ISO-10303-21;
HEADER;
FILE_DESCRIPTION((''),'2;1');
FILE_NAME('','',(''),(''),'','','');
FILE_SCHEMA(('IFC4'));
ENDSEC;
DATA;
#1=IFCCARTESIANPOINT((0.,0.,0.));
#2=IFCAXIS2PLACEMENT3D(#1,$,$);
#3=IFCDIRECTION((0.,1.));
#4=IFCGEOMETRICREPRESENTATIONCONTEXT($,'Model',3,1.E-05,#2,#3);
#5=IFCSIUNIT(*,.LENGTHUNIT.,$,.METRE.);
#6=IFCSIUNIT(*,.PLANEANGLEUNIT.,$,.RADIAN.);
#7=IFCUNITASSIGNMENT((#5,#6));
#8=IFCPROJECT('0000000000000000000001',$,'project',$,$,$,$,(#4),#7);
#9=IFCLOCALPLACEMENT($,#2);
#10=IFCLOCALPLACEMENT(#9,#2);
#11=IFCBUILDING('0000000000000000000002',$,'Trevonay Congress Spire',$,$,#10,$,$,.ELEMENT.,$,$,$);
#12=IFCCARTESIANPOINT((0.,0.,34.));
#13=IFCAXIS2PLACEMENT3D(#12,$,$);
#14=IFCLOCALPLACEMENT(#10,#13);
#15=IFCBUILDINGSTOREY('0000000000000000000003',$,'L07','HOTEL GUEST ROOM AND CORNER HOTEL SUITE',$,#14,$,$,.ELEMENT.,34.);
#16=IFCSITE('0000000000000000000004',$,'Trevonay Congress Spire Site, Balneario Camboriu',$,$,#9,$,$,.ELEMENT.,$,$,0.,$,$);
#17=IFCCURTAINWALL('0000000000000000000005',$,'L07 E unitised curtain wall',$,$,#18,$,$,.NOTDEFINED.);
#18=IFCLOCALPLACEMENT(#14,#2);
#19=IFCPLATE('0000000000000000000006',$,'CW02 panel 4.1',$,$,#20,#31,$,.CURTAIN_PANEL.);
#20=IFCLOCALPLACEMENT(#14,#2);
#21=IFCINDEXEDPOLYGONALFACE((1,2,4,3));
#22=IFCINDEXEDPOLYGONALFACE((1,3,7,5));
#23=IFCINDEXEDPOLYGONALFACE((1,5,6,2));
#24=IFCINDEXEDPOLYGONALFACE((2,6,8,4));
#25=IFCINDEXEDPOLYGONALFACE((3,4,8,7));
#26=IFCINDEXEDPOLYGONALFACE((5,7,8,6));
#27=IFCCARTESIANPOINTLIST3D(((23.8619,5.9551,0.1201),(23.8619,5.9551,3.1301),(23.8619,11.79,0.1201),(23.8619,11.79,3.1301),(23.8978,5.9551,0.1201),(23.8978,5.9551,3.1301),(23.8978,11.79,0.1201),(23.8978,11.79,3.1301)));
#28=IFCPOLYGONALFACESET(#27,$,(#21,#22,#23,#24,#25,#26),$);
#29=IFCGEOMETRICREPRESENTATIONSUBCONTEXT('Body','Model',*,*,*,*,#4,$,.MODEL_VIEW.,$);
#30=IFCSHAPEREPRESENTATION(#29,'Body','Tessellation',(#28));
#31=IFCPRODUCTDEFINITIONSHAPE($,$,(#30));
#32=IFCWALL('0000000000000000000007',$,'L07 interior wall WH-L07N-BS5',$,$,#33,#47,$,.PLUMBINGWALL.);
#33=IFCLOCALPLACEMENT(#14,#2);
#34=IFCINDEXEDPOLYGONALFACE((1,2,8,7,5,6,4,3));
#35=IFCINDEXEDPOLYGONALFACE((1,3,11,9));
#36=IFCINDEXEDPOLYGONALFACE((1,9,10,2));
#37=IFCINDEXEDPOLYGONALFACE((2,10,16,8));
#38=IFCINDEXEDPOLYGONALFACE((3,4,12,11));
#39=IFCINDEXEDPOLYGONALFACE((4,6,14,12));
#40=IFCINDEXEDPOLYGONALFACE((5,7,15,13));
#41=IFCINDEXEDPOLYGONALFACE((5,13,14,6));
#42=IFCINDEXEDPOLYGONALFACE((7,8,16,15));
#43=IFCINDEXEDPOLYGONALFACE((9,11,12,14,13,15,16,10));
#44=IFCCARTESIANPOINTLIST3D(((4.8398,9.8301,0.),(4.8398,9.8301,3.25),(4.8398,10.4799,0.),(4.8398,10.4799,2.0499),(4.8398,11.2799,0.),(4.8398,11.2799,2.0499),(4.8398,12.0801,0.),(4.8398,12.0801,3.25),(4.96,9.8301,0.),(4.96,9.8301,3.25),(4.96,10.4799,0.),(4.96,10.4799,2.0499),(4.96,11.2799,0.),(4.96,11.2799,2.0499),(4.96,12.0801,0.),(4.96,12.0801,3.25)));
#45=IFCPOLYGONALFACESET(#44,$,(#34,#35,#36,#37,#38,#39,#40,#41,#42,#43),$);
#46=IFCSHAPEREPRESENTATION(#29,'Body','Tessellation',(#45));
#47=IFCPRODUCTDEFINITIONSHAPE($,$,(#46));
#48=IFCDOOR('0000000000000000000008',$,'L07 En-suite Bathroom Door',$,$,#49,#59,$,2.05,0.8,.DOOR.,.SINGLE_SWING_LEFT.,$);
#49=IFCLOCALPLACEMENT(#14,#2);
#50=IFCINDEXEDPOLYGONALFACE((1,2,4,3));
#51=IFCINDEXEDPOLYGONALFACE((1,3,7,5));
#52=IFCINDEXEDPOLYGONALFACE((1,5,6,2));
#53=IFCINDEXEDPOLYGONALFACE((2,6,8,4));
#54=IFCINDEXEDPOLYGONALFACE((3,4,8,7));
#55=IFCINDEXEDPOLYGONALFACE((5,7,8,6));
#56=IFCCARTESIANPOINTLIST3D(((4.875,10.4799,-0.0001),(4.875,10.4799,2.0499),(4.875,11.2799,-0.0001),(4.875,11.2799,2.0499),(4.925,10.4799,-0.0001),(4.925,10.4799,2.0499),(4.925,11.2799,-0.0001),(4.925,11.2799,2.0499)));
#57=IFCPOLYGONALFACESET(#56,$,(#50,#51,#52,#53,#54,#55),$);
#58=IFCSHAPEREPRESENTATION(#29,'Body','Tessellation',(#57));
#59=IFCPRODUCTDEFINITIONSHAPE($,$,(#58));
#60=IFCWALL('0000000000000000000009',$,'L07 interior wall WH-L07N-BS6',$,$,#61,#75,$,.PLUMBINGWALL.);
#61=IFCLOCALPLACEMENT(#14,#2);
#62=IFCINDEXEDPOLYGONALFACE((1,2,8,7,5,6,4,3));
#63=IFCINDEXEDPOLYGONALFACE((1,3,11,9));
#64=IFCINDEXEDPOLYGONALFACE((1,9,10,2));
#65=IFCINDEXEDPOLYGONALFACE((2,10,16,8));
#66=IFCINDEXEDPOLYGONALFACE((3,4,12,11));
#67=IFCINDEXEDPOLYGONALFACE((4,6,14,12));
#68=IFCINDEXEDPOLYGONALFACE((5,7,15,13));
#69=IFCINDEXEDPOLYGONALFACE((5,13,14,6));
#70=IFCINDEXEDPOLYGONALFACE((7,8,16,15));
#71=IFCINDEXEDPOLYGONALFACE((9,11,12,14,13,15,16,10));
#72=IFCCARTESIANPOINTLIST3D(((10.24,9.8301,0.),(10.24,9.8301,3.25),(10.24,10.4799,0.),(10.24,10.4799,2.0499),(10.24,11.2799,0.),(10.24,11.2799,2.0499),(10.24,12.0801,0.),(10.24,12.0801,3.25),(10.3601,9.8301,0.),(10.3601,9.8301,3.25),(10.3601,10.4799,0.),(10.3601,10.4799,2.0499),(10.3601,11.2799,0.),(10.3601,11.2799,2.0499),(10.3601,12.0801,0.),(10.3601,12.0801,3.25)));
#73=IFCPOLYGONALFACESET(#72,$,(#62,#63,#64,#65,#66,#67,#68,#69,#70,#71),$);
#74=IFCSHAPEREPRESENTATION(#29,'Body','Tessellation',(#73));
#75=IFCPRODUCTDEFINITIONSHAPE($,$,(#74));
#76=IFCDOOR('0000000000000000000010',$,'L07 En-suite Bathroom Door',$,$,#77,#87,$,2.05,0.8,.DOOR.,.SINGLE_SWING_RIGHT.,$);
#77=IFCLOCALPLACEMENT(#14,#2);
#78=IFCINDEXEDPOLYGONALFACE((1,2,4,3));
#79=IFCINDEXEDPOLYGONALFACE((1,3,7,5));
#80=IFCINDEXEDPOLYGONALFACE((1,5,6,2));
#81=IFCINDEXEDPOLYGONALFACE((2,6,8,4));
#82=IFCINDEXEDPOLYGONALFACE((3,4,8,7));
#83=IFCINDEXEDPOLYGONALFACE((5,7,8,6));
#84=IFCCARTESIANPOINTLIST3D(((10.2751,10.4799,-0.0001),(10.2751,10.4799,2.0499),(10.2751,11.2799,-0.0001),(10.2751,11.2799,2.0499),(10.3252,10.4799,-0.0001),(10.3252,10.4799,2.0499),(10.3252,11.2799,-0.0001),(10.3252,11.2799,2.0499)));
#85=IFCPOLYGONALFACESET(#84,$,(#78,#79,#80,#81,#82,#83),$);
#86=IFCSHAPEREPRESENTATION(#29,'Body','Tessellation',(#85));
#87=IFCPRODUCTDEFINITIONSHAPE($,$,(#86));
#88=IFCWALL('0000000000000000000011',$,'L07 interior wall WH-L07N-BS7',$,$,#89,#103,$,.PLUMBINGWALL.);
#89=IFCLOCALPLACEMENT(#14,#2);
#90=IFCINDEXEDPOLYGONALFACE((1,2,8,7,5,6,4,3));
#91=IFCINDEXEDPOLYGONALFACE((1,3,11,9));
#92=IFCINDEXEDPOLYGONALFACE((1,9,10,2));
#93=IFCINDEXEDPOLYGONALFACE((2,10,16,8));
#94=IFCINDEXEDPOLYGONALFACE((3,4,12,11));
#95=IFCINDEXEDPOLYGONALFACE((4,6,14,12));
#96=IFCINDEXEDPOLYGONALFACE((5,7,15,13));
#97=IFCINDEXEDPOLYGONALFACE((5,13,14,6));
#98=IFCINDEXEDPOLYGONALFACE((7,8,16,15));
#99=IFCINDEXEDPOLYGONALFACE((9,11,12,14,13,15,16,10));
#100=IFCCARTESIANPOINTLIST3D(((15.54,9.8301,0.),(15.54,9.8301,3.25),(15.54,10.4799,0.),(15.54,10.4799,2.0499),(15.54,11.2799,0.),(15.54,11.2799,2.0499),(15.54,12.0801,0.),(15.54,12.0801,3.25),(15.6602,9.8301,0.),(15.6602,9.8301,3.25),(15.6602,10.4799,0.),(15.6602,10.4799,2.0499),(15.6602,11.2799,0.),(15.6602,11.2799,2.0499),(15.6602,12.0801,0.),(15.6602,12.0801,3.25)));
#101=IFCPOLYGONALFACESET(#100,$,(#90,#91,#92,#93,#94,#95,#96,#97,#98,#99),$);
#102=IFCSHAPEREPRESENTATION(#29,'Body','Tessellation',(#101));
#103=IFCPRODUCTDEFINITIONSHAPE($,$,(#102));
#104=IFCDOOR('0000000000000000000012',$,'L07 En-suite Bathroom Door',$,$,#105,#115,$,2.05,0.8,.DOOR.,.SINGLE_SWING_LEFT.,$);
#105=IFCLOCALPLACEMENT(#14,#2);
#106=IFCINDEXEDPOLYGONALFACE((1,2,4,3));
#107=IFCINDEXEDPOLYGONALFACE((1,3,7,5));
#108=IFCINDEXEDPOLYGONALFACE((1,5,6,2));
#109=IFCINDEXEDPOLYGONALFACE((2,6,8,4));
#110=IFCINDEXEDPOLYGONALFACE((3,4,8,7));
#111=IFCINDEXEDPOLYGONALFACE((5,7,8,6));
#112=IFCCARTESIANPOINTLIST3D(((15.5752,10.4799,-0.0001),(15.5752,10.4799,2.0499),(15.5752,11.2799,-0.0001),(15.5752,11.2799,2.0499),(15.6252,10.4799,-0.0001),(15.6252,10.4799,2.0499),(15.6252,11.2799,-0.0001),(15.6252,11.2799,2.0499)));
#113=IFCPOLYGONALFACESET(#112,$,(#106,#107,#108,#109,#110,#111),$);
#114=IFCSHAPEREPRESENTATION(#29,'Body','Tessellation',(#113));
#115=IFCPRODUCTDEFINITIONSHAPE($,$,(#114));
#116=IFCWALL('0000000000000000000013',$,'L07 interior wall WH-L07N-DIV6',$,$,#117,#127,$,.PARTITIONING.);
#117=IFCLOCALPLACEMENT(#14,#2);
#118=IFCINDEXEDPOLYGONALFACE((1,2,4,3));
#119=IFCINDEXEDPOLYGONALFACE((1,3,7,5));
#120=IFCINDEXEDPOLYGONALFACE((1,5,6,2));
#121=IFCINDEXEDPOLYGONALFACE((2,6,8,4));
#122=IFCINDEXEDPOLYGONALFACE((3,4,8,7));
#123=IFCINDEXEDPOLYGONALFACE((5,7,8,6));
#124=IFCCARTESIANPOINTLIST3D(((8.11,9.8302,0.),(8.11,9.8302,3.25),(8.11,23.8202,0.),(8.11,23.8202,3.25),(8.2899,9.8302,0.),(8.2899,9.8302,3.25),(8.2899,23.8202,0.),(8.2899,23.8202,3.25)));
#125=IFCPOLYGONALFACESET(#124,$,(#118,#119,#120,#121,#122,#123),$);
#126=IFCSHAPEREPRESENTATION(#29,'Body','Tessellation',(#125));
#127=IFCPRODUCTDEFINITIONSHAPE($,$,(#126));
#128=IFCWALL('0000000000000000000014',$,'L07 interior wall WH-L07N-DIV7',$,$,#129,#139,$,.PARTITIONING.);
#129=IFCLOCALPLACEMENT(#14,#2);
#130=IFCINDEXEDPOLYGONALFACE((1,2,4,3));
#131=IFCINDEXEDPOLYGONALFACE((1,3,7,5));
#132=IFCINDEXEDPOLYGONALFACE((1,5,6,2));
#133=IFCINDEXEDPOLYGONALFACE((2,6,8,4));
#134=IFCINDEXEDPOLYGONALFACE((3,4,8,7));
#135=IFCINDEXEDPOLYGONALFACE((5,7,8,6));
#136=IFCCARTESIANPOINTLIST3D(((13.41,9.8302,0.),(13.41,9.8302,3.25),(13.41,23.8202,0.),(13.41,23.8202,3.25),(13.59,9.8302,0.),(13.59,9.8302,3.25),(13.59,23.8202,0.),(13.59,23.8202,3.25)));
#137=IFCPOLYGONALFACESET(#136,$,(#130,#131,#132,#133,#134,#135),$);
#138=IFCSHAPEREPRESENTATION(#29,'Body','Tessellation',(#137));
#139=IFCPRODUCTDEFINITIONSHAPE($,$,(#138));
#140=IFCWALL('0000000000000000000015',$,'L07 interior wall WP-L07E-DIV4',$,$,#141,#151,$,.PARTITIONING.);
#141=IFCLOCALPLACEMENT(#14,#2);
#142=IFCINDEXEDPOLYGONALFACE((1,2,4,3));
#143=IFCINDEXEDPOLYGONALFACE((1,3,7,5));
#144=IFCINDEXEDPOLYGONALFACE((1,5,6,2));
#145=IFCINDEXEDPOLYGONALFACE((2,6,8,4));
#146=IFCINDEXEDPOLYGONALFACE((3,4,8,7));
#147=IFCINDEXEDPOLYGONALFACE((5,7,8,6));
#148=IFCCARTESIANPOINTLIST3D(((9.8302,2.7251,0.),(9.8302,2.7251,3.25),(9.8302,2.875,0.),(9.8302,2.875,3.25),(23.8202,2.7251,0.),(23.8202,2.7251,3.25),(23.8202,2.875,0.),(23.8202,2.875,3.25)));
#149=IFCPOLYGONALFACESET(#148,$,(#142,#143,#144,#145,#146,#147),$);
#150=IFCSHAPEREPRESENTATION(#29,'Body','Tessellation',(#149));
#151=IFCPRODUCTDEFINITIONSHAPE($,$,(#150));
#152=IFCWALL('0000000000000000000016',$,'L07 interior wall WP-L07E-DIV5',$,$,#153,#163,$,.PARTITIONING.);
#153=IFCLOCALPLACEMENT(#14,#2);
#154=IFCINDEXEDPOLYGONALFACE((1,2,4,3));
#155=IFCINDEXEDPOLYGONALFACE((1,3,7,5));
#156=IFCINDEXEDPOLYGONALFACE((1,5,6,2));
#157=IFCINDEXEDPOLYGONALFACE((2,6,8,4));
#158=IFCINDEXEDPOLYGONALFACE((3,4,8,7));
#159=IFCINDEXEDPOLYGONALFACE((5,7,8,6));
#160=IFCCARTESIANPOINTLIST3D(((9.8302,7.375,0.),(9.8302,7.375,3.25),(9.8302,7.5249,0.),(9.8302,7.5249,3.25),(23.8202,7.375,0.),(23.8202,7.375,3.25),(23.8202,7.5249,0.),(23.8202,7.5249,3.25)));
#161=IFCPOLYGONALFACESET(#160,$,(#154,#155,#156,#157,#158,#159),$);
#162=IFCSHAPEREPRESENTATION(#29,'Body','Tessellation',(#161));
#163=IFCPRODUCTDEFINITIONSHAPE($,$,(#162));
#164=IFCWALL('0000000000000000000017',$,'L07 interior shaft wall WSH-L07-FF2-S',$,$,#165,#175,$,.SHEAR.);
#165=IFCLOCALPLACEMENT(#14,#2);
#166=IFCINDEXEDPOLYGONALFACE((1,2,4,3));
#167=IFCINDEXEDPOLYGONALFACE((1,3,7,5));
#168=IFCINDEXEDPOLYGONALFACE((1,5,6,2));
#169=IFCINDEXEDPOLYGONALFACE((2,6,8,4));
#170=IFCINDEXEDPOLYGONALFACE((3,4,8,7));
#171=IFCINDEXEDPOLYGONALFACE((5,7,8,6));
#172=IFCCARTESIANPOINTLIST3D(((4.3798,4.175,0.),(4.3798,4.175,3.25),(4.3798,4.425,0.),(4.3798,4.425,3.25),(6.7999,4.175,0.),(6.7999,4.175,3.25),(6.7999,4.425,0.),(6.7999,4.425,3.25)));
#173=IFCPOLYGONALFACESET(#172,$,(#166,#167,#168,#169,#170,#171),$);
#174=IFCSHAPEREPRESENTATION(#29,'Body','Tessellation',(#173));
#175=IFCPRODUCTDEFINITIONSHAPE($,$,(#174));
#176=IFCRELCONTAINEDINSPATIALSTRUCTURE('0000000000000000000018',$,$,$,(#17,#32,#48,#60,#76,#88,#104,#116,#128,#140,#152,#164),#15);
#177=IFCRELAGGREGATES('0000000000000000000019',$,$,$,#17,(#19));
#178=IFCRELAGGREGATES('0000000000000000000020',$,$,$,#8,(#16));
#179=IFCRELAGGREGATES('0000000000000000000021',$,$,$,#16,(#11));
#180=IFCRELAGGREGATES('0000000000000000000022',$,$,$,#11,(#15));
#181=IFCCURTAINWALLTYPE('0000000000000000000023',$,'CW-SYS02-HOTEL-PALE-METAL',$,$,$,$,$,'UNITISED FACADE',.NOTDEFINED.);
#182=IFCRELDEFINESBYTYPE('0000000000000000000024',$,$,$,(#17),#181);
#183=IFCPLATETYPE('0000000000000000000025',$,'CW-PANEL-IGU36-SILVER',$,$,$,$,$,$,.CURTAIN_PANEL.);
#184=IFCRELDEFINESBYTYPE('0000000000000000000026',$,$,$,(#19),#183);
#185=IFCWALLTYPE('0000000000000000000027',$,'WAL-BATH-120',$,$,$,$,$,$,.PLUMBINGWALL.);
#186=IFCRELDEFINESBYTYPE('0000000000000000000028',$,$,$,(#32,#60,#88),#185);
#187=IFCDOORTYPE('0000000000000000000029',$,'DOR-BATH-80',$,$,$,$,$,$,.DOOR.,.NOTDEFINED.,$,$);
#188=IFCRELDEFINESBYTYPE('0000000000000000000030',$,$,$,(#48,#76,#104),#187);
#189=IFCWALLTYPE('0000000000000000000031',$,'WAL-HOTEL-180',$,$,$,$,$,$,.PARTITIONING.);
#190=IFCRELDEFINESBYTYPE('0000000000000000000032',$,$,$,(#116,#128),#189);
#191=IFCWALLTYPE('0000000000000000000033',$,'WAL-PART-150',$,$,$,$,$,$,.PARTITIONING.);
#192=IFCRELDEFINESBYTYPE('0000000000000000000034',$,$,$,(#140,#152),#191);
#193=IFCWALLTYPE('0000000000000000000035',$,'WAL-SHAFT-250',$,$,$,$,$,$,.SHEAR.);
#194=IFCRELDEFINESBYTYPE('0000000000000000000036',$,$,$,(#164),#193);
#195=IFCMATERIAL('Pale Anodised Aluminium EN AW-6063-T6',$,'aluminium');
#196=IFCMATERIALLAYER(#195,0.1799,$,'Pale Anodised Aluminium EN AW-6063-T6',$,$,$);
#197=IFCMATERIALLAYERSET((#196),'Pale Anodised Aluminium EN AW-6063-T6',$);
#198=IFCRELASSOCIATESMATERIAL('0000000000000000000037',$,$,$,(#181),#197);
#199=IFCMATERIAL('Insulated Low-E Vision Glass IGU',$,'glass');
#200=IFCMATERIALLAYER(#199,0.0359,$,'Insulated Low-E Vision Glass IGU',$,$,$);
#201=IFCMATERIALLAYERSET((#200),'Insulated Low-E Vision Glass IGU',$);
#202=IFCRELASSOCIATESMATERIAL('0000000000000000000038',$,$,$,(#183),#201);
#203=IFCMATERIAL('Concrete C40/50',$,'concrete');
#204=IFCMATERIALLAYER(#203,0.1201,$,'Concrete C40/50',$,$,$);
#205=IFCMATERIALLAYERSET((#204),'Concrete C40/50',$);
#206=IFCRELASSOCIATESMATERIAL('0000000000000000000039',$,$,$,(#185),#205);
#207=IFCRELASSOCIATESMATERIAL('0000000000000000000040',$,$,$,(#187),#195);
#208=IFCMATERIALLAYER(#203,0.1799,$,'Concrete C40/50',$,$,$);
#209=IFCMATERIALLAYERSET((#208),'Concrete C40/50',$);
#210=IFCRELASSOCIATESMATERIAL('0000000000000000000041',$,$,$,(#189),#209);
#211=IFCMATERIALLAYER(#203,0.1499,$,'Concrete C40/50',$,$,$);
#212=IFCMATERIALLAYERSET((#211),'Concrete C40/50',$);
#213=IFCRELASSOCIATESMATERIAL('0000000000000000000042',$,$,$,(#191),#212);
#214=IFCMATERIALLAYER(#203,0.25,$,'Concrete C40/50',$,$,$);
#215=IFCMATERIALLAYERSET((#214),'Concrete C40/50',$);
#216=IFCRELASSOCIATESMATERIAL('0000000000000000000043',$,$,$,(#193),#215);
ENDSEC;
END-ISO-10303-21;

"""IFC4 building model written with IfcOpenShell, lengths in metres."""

from ifc_helpers import new_model, si_unit, direction, frame, frame_2d, origin, origin_2d, place, context, subcontext, project, spatial, rectangle, extrude, material, layer, layer_set, type_object, element, fill, aggregate, save


model = new_model("IFC4")

# Units and contexts
model_context = context("Model", 3, precision=1e-05, world=origin(), true_north=direction((0.0, 1.0)))
body_context = subcontext(model_context, "Body", "Model", "MODEL_VIEW")
ifc_project = project(units=[si_unit("LENGTHUNIT", "METRE"), si_unit("PLANEANGLEUNIT", "RADIAN")], contexts=[model_context])

# Site, building, storey
site_placement = place(None, origin())
site = spatial("IfcSite", under=ifc_project, at=site_placement, Name="Trevonay Congress Spire Site, Balneario Camboriu", CompositionType="ELEMENT", RefElevation=0.0)
building_placement = place(site_placement, origin())
building = spatial("IfcBuilding", under=site, at=building_placement, Name="Trevonay Congress Spire", CompositionType="ELEMENT")
storey_placement = place(building_placement, frame((0.0, 0.0, 34.0)))
storey = spatial("IfcBuildingStorey", under=building, at=storey_placement, Name="L07", Description="HOTEL GUEST ROOM AND CORNER HOTEL SUITE", CompositionType="ELEMENT", Elevation=34.0)

# Curtain wall, plate
ifc_material_1 = material(Name="Pale Anodised Aluminium EN AW-6063-T6", Category="aluminium")
ifc_layer_1 = layer(ifc_material_1, 0.1799, Name="Pale Anodised Aluminium EN AW-6063-T6")
ifc_layer_set_1 = layer_set([ifc_layer_1], Name="Pale Anodised Aluminium EN AW-6063-T6")
curtain_wall_type = type_object("IfcCurtainWallType", Name="CW-SYS02-HOTEL-PALE-METAL", ElementType="UNITISED FACADE", PredefinedType="NOTDEFINED", material=ifc_layer_set_1)
curtain_wall_placement = place(storey_placement, origin())
curtain_wall = element("IfcCurtainWall", 1, at=curtain_wall_placement, inside=storey, type_object=curtain_wall_type, Name="L07 E unitised curtain wall", PredefinedType="NOTDEFINED")
ifc_material_2 = material(Name="Insulated Low-E Vision Glass IGU", Category="glass")
ifc_layer_2 = layer(ifc_material_2, 0.0359, Name="Insulated Low-E Vision Glass IGU")
ifc_layer_set_2 = layer_set([ifc_layer_2], Name="Insulated Low-E Vision Glass IGU")
plate_type = type_object("IfcPlateType", Name="CW-PANEL-IGU36-SILVER", PredefinedType="CURTAIN_PANEL", material=ifc_layer_set_2)
plate_1_placement = place(storey_placement, frame((23.8799, 8.8726, 0.1201), z_axis=(0.0, 0.0, 1.0), x_axis=(0.0, 1.0, 0.0)))
plate_1 = element("IfcPlate", 2, at=plate_1_placement, type_object=plate_type, Name="CW02 panel 4.1", PredefinedType="CURTAIN_PANEL", context=body_context, shape_type="SweptSolid", body=[
    extrude(rectangle(XDim=5.835, YDim=0.0359, at=origin_2d()), origin(), (0.0, 0.0, 1.0), 3.01),
])
aggregate(curtain_wall, [plate_1])

# Walls, openings, doors
ifc_material_3 = material(Name="Concrete C40/50", Category="concrete")
ifc_layer_3 = layer(ifc_material_3, 0.1201, Name="Concrete C40/50")
ifc_layer_set_3 = layer_set([ifc_layer_3], Name="Concrete C40/50")
wall_type_1 = type_object("IfcWallType", Name="WAL-BATH-120", PredefinedType="PLUMBINGWALL", material=ifc_layer_set_3)
wall_1_placement = place(storey_placement, frame((4.8999, 9.8301, 0.0), z_axis=(0.0, 0.0, 1.0), x_axis=(0.0, 1.0, 0.0)))
wall_1 = element("IfcWall", 3, at=wall_1_placement, inside=storey, type_object=wall_type_1, Name="L07 interior wall WH-L07N-BS5", PredefinedType="PLUMBINGWALL", context=body_context, shape_type="SweptSolid", body=[
    extrude(rectangle(XDim=2.25, YDim=0.1201, at=frame_2d((1.125, 0.0))), origin(), (0.0, 0.0, 1.0), 3.25),
])
opening_1_placement = place(wall_1_placement, frame((0.6499, 0.0, 0.0)))
opening_1 = element("IfcOpeningElement", 4, at=opening_1_placement, cuts=wall_1, PredefinedType="OPENING", context=body_context, shape_type="SweptSolid", body=[
    extrude(rectangle(XDim=0.8, YDim=2.05, at=frame_2d((0.3999, 1.0249))), frame((0.0, 0.0701, 0.0), z_axis=(0.0, -1.0, 0.0), x_axis=(1.0, 0.0, 0.0)), (0.0, 0.0, 1.0), 0.1401),
])
door_type_1 = type_object("IfcDoorType", Name="DOR-BATH-80", OperationType="NOTDEFINED", PredefinedType="DOOR", material=ifc_material_1)
door_1_placement = place(opening_1_placement, origin())
door_1 = element("IfcDoor", 5, at=door_1_placement, inside=storey, type_object=door_type_1, Name="L07 En-suite Bathroom Door", OperationType="SINGLE_SWING_LEFT", OverallHeight=2.05, OverallWidth=0.8, PredefinedType="DOOR", context=body_context, shape_type="SweptSolid", body=[
    extrude(rectangle(XDim=0.8, YDim=2.05, at=frame_2d((0.3999, 1.0249))), frame((0.0, 0.0249, 0.0), z_axis=(0.0, -1.0, 0.0), x_axis=(1.0, 0.0, 0.0)), (0.0, 0.0, 1.0), 0.05),
])
fill(opening_1, door_1)
wall_2_placement = place(storey_placement, frame((10.3, 9.8301, 0.0), z_axis=(0.0, 0.0, 1.0), x_axis=(0.0, 1.0, 0.0)))
wall_2 = element("IfcWall", 6, at=wall_2_placement, inside=storey, type_object=wall_type_1, Name="L07 interior wall WH-L07N-BS6", PredefinedType="PLUMBINGWALL", context=body_context, shape_type="SweptSolid", body=[
    extrude(rectangle(XDim=2.25, YDim=0.1201, at=frame_2d((1.125, 0.0))), origin(), (0.0, 0.0, 1.0), 3.25),
])
opening_2_placement = place(wall_2_placement, frame((0.6499, 0.0, 0.0)))
opening_2 = element("IfcOpeningElement", 7, at=opening_2_placement, cuts=wall_2, PredefinedType="OPENING", context=body_context, shape_type="SweptSolid", body=[
    extrude(rectangle(XDim=0.8, YDim=2.05, at=frame_2d((0.3999, 1.0249))), frame((0.0, 0.0701, 0.0), z_axis=(0.0, -1.0, 0.0), x_axis=(1.0, 0.0, 0.0)), (0.0, 0.0, 1.0), 0.1401),
])
door_2_placement = place(opening_2_placement, origin())
door_2 = element("IfcDoor", 8, at=door_2_placement, inside=storey, type_object=door_type_1, Name="L07 En-suite Bathroom Door", OperationType="SINGLE_SWING_RIGHT", OverallHeight=2.05, OverallWidth=0.8, PredefinedType="DOOR", context=body_context, shape_type="SweptSolid", body=[
    extrude(rectangle(XDim=0.8, YDim=2.05, at=frame_2d((0.3999, 1.0249))), frame((0.0, 0.0249, 0.0), z_axis=(0.0, -1.0, 0.0), x_axis=(1.0, 0.0, 0.0)), (0.0, 0.0, 1.0), 0.05),
])
fill(opening_2, door_2)
wall_3_placement = place(storey_placement, frame((15.6001, 9.8301, 0.0), z_axis=(0.0, 0.0, 1.0), x_axis=(0.0, 1.0, 0.0)))
wall_3 = element("IfcWall", 9, at=wall_3_placement, inside=storey, type_object=wall_type_1, Name="L07 interior wall WH-L07N-BS7", PredefinedType="PLUMBINGWALL", context=body_context, shape_type="SweptSolid", body=[
    extrude(rectangle(XDim=2.25, YDim=0.1201, at=frame_2d((1.125, 0.0))), origin(), (0.0, 0.0, 1.0), 3.25),
])
opening_3_placement = place(wall_3_placement, frame((0.6499, 0.0, 0.0)))
opening_3 = element("IfcOpeningElement", 10, at=opening_3_placement, cuts=wall_3, PredefinedType="OPENING", context=body_context, shape_type="SweptSolid", body=[
    extrude(rectangle(XDim=0.8, YDim=2.05, at=frame_2d((0.3999, 1.0249))), frame((0.0, 0.0701, 0.0), z_axis=(0.0, -1.0, 0.0), x_axis=(1.0, 0.0, 0.0)), (0.0, 0.0, 1.0), 0.1401),
])
door_3_placement = place(opening_3_placement, origin())
door_3 = element("IfcDoor", 11, at=door_3_placement, inside=storey, type_object=door_type_1, Name="L07 En-suite Bathroom Door", OperationType="SINGLE_SWING_LEFT", OverallHeight=2.05, OverallWidth=0.8, PredefinedType="DOOR", context=body_context, shape_type="SweptSolid", body=[
    extrude(rectangle(XDim=0.8, YDim=2.05, at=frame_2d((0.3999, 1.0249))), frame((0.0, 0.0249, 0.0), z_axis=(0.0, -1.0, 0.0), x_axis=(1.0, 0.0, 0.0)), (0.0, 0.0, 1.0), 0.05),
])
fill(opening_3, door_3)

# Walls
ifc_layer_4 = layer(ifc_material_3, 0.1799, Name="Concrete C40/50")
ifc_layer_set_4 = layer_set([ifc_layer_4], Name="Concrete C40/50")
wall_type_2 = type_object("IfcWallType", Name="WAL-HOTEL-180", PredefinedType="PARTITIONING", material=ifc_layer_set_4)
for number, where, z_axis, x_axis, name in (
    (12, (8.2, 9.8301, 0.0), (0.0, 0.0, 1.0), (0.0, 1.0, 0.0), "L07 interior wall WH-L07N-DIV6"),
    (13, (13.5, 9.8301, 0.0), (0.0, 0.0, 1.0), (0.0, 1.0, 0.0), "L07 interior wall WH-L07N-DIV7"),
):
    element("IfcWall", number, at=place(storey_placement, frame(where, z_axis=z_axis, x_axis=x_axis)), inside=storey, type_object=wall_type_2, Name=name, PredefinedType="PARTITIONING", context=body_context, shape_type="SweptSolid", body=[
        extrude(rectangle(XDim=13.99, YDim=0.1799, at=frame_2d((6.9951, 0.0))), origin(), (0.0, 0.0, 1.0), 3.25),
    ])
ifc_layer_5 = layer(ifc_material_3, 0.1499, Name="Concrete C40/50")
ifc_layer_set_5 = layer_set([ifc_layer_5], Name="Concrete C40/50")
wall_type_3 = type_object("IfcWallType", Name="WAL-PART-150", PredefinedType="PARTITIONING", material=ifc_layer_set_5)
for number, where, z_axis, x_axis, name in (
    (14, (9.8301, 2.8, 0.0), (0.0, 0.0, 1.0), (1.0, 0.0, 0.0), "L07 interior wall WP-L07E-DIV4"),
    (15, (9.8301, 7.45, 0.0), (0.0, 0.0, 1.0), (1.0, 0.0, 0.0), "L07 interior wall WP-L07E-DIV5"),
):
    element("IfcWall", number, at=place(storey_placement, frame(where, z_axis=z_axis, x_axis=x_axis)), inside=storey, type_object=wall_type_3, Name=name, PredefinedType="PARTITIONING", context=body_context, shape_type="SweptSolid", body=[
        extrude(rectangle(XDim=13.99, YDim=0.1499, at=frame_2d((6.9951, 0.0))), origin(), (0.0, 0.0, 1.0), 3.25),
    ])
ifc_layer_6 = layer(ifc_material_3, 0.25, Name="Concrete C40/50")
ifc_layer_set_6 = layer_set([ifc_layer_6], Name="Concrete C40/50")
wall_type_4 = type_object("IfcWallType", Name="WAL-SHAFT-250", PredefinedType="SHEAR", material=ifc_layer_set_6)
wall_4_placement = place(storey_placement, frame((4.3799, 4.3, 0.0), z_axis=(0.0, 0.0, 1.0), x_axis=(1.0, 0.0, 0.0)))
element("IfcWall", 16, at=wall_4_placement, inside=storey, type_object=wall_type_4, Name="L07 interior shaft wall WSH-L07-FF2-S", PredefinedType="SHEAR", context=body_context, shape_type="SweptSolid", body=[
    extrude(rectangle(XDim=2.4202, YDim=0.25, at=frame_2d((1.21, 0.0))), origin(), (0.0, 0.0, 1.0), 3.25),
])

save(model, "model.ifc")
